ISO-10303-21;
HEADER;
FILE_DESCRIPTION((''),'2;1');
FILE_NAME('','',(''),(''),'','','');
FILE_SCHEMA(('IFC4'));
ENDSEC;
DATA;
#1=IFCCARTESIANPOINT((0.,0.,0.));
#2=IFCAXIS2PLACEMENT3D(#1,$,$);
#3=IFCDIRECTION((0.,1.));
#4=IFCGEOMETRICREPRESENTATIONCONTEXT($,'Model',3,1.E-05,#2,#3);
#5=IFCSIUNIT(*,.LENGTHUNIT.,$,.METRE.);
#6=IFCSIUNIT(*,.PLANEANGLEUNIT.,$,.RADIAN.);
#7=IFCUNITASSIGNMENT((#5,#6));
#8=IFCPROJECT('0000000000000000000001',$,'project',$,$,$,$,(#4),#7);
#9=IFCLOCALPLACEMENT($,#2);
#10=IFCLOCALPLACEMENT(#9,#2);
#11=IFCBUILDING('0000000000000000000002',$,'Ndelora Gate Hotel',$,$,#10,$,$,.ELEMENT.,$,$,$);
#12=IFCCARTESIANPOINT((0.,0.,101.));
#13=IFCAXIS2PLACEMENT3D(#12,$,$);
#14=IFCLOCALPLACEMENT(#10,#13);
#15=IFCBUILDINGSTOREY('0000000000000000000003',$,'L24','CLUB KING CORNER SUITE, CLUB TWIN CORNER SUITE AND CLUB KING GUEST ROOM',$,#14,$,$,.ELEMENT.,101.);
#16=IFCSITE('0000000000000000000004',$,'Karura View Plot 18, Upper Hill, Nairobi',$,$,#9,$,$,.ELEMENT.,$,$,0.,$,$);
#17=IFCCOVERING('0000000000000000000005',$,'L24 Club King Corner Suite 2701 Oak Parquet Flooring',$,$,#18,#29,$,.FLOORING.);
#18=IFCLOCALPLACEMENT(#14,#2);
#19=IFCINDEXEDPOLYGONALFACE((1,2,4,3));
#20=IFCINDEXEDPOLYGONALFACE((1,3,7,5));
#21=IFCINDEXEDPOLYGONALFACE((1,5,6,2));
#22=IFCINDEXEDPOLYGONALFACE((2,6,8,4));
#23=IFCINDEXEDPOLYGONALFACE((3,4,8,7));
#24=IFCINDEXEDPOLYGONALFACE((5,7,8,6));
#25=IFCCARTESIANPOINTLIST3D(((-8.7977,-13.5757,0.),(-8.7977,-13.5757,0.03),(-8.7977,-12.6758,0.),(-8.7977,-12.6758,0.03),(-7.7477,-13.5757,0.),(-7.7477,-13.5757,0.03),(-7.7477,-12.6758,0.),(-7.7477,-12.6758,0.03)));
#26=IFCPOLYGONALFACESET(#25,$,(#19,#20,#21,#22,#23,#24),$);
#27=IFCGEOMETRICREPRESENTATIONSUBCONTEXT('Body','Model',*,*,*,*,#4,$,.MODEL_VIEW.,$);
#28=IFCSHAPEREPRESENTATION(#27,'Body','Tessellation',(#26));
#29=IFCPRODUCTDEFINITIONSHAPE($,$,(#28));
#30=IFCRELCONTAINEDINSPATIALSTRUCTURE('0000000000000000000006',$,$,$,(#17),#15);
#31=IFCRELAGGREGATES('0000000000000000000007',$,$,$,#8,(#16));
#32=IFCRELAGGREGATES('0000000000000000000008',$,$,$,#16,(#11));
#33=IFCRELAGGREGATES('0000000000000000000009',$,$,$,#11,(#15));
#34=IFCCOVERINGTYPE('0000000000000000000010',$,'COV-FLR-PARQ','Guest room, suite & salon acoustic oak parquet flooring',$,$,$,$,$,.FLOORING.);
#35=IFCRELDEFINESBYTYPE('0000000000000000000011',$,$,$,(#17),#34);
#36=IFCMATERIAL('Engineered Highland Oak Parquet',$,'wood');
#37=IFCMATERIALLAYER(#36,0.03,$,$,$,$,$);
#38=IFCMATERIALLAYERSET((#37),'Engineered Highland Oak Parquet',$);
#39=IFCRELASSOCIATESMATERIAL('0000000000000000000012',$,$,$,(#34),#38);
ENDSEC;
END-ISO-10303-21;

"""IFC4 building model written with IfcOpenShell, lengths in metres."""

from ifc_helpers import new_model, si_unit, direction, frame, origin, origin_2d, place, context, subcontext, project, spatial, rectangle, extrude, material, layer, layer_set, type_object, element, save


model = new_model("IFC4")

# Units and contexts
model_context = context("Model", 3, precision=1e-05, world=origin(), true_north=direction((0.0, 1.0)))
body_context = subcontext(model_context, "Body", "Model", "MODEL_VIEW")
ifc_project = project(units=[si_unit("LENGTHUNIT", "METRE"), si_unit("PLANEANGLEUNIT", "RADIAN")], contexts=[model_context])

# Site, building, storey
site_placement = place(None, origin())
site = spatial("IfcSite", under=ifc_project, at=site_placement, Name="Karura View Plot 18, Upper Hill, Nairobi", CompositionType="ELEMENT", RefElevation=0.0)
building_placement = place(site_placement, origin())
building = spatial("IfcBuilding", under=site, at=building_placement, Name="Ndelora Gate Hotel", CompositionType="ELEMENT")
storey_placement = place(building_placement, frame((0.0, 0.0, 101.0)))
storey = spatial("IfcBuildingStorey", under=building, at=storey_placement, Name="L24", Description="CLUB KING CORNER SUITE, CLUB TWIN CORNER SUITE AND CLUB KING GUEST ROOM", CompositionType="ELEMENT", Elevation=101.0)

# Covering
ifc_material_1 = material(Name="Engineered Highland Oak Parquet", Category="wood")
ifc_layer_1 = layer(ifc_material_1, 0.03)
ifc_layer_set_1 = layer_set([ifc_layer_1], Name="Engineered Highland Oak Parquet")
covering_type_1 = type_object("IfcCoveringType", Name="COV-FLR-PARQ", Description="Guest room, suite & salon acoustic oak parquet flooring", PredefinedType="FLOORING", material=ifc_layer_set_1)
covering_1_placement = place(storey_placement, frame((-8.2727, -13.1257, 0.0), z_axis=(0.0, 0.0, 1.0), x_axis=(1.0, 0.0, 0.0)))
element("IfcCovering", 1, at=covering_1_placement, inside=storey, type_object=covering_type_1, Name="L24 Club King Corner Suite 2701 Oak Parquet Flooring", PredefinedType="FLOORING", context=body_context, shape_type="SweptSolid", body=[
    extrude(rectangle(XDim=1.05, YDim=0.8999, at=origin_2d()), origin(), (0.0, 0.0, 1.0), 0.03),
])

save(model, "model.ifc")
